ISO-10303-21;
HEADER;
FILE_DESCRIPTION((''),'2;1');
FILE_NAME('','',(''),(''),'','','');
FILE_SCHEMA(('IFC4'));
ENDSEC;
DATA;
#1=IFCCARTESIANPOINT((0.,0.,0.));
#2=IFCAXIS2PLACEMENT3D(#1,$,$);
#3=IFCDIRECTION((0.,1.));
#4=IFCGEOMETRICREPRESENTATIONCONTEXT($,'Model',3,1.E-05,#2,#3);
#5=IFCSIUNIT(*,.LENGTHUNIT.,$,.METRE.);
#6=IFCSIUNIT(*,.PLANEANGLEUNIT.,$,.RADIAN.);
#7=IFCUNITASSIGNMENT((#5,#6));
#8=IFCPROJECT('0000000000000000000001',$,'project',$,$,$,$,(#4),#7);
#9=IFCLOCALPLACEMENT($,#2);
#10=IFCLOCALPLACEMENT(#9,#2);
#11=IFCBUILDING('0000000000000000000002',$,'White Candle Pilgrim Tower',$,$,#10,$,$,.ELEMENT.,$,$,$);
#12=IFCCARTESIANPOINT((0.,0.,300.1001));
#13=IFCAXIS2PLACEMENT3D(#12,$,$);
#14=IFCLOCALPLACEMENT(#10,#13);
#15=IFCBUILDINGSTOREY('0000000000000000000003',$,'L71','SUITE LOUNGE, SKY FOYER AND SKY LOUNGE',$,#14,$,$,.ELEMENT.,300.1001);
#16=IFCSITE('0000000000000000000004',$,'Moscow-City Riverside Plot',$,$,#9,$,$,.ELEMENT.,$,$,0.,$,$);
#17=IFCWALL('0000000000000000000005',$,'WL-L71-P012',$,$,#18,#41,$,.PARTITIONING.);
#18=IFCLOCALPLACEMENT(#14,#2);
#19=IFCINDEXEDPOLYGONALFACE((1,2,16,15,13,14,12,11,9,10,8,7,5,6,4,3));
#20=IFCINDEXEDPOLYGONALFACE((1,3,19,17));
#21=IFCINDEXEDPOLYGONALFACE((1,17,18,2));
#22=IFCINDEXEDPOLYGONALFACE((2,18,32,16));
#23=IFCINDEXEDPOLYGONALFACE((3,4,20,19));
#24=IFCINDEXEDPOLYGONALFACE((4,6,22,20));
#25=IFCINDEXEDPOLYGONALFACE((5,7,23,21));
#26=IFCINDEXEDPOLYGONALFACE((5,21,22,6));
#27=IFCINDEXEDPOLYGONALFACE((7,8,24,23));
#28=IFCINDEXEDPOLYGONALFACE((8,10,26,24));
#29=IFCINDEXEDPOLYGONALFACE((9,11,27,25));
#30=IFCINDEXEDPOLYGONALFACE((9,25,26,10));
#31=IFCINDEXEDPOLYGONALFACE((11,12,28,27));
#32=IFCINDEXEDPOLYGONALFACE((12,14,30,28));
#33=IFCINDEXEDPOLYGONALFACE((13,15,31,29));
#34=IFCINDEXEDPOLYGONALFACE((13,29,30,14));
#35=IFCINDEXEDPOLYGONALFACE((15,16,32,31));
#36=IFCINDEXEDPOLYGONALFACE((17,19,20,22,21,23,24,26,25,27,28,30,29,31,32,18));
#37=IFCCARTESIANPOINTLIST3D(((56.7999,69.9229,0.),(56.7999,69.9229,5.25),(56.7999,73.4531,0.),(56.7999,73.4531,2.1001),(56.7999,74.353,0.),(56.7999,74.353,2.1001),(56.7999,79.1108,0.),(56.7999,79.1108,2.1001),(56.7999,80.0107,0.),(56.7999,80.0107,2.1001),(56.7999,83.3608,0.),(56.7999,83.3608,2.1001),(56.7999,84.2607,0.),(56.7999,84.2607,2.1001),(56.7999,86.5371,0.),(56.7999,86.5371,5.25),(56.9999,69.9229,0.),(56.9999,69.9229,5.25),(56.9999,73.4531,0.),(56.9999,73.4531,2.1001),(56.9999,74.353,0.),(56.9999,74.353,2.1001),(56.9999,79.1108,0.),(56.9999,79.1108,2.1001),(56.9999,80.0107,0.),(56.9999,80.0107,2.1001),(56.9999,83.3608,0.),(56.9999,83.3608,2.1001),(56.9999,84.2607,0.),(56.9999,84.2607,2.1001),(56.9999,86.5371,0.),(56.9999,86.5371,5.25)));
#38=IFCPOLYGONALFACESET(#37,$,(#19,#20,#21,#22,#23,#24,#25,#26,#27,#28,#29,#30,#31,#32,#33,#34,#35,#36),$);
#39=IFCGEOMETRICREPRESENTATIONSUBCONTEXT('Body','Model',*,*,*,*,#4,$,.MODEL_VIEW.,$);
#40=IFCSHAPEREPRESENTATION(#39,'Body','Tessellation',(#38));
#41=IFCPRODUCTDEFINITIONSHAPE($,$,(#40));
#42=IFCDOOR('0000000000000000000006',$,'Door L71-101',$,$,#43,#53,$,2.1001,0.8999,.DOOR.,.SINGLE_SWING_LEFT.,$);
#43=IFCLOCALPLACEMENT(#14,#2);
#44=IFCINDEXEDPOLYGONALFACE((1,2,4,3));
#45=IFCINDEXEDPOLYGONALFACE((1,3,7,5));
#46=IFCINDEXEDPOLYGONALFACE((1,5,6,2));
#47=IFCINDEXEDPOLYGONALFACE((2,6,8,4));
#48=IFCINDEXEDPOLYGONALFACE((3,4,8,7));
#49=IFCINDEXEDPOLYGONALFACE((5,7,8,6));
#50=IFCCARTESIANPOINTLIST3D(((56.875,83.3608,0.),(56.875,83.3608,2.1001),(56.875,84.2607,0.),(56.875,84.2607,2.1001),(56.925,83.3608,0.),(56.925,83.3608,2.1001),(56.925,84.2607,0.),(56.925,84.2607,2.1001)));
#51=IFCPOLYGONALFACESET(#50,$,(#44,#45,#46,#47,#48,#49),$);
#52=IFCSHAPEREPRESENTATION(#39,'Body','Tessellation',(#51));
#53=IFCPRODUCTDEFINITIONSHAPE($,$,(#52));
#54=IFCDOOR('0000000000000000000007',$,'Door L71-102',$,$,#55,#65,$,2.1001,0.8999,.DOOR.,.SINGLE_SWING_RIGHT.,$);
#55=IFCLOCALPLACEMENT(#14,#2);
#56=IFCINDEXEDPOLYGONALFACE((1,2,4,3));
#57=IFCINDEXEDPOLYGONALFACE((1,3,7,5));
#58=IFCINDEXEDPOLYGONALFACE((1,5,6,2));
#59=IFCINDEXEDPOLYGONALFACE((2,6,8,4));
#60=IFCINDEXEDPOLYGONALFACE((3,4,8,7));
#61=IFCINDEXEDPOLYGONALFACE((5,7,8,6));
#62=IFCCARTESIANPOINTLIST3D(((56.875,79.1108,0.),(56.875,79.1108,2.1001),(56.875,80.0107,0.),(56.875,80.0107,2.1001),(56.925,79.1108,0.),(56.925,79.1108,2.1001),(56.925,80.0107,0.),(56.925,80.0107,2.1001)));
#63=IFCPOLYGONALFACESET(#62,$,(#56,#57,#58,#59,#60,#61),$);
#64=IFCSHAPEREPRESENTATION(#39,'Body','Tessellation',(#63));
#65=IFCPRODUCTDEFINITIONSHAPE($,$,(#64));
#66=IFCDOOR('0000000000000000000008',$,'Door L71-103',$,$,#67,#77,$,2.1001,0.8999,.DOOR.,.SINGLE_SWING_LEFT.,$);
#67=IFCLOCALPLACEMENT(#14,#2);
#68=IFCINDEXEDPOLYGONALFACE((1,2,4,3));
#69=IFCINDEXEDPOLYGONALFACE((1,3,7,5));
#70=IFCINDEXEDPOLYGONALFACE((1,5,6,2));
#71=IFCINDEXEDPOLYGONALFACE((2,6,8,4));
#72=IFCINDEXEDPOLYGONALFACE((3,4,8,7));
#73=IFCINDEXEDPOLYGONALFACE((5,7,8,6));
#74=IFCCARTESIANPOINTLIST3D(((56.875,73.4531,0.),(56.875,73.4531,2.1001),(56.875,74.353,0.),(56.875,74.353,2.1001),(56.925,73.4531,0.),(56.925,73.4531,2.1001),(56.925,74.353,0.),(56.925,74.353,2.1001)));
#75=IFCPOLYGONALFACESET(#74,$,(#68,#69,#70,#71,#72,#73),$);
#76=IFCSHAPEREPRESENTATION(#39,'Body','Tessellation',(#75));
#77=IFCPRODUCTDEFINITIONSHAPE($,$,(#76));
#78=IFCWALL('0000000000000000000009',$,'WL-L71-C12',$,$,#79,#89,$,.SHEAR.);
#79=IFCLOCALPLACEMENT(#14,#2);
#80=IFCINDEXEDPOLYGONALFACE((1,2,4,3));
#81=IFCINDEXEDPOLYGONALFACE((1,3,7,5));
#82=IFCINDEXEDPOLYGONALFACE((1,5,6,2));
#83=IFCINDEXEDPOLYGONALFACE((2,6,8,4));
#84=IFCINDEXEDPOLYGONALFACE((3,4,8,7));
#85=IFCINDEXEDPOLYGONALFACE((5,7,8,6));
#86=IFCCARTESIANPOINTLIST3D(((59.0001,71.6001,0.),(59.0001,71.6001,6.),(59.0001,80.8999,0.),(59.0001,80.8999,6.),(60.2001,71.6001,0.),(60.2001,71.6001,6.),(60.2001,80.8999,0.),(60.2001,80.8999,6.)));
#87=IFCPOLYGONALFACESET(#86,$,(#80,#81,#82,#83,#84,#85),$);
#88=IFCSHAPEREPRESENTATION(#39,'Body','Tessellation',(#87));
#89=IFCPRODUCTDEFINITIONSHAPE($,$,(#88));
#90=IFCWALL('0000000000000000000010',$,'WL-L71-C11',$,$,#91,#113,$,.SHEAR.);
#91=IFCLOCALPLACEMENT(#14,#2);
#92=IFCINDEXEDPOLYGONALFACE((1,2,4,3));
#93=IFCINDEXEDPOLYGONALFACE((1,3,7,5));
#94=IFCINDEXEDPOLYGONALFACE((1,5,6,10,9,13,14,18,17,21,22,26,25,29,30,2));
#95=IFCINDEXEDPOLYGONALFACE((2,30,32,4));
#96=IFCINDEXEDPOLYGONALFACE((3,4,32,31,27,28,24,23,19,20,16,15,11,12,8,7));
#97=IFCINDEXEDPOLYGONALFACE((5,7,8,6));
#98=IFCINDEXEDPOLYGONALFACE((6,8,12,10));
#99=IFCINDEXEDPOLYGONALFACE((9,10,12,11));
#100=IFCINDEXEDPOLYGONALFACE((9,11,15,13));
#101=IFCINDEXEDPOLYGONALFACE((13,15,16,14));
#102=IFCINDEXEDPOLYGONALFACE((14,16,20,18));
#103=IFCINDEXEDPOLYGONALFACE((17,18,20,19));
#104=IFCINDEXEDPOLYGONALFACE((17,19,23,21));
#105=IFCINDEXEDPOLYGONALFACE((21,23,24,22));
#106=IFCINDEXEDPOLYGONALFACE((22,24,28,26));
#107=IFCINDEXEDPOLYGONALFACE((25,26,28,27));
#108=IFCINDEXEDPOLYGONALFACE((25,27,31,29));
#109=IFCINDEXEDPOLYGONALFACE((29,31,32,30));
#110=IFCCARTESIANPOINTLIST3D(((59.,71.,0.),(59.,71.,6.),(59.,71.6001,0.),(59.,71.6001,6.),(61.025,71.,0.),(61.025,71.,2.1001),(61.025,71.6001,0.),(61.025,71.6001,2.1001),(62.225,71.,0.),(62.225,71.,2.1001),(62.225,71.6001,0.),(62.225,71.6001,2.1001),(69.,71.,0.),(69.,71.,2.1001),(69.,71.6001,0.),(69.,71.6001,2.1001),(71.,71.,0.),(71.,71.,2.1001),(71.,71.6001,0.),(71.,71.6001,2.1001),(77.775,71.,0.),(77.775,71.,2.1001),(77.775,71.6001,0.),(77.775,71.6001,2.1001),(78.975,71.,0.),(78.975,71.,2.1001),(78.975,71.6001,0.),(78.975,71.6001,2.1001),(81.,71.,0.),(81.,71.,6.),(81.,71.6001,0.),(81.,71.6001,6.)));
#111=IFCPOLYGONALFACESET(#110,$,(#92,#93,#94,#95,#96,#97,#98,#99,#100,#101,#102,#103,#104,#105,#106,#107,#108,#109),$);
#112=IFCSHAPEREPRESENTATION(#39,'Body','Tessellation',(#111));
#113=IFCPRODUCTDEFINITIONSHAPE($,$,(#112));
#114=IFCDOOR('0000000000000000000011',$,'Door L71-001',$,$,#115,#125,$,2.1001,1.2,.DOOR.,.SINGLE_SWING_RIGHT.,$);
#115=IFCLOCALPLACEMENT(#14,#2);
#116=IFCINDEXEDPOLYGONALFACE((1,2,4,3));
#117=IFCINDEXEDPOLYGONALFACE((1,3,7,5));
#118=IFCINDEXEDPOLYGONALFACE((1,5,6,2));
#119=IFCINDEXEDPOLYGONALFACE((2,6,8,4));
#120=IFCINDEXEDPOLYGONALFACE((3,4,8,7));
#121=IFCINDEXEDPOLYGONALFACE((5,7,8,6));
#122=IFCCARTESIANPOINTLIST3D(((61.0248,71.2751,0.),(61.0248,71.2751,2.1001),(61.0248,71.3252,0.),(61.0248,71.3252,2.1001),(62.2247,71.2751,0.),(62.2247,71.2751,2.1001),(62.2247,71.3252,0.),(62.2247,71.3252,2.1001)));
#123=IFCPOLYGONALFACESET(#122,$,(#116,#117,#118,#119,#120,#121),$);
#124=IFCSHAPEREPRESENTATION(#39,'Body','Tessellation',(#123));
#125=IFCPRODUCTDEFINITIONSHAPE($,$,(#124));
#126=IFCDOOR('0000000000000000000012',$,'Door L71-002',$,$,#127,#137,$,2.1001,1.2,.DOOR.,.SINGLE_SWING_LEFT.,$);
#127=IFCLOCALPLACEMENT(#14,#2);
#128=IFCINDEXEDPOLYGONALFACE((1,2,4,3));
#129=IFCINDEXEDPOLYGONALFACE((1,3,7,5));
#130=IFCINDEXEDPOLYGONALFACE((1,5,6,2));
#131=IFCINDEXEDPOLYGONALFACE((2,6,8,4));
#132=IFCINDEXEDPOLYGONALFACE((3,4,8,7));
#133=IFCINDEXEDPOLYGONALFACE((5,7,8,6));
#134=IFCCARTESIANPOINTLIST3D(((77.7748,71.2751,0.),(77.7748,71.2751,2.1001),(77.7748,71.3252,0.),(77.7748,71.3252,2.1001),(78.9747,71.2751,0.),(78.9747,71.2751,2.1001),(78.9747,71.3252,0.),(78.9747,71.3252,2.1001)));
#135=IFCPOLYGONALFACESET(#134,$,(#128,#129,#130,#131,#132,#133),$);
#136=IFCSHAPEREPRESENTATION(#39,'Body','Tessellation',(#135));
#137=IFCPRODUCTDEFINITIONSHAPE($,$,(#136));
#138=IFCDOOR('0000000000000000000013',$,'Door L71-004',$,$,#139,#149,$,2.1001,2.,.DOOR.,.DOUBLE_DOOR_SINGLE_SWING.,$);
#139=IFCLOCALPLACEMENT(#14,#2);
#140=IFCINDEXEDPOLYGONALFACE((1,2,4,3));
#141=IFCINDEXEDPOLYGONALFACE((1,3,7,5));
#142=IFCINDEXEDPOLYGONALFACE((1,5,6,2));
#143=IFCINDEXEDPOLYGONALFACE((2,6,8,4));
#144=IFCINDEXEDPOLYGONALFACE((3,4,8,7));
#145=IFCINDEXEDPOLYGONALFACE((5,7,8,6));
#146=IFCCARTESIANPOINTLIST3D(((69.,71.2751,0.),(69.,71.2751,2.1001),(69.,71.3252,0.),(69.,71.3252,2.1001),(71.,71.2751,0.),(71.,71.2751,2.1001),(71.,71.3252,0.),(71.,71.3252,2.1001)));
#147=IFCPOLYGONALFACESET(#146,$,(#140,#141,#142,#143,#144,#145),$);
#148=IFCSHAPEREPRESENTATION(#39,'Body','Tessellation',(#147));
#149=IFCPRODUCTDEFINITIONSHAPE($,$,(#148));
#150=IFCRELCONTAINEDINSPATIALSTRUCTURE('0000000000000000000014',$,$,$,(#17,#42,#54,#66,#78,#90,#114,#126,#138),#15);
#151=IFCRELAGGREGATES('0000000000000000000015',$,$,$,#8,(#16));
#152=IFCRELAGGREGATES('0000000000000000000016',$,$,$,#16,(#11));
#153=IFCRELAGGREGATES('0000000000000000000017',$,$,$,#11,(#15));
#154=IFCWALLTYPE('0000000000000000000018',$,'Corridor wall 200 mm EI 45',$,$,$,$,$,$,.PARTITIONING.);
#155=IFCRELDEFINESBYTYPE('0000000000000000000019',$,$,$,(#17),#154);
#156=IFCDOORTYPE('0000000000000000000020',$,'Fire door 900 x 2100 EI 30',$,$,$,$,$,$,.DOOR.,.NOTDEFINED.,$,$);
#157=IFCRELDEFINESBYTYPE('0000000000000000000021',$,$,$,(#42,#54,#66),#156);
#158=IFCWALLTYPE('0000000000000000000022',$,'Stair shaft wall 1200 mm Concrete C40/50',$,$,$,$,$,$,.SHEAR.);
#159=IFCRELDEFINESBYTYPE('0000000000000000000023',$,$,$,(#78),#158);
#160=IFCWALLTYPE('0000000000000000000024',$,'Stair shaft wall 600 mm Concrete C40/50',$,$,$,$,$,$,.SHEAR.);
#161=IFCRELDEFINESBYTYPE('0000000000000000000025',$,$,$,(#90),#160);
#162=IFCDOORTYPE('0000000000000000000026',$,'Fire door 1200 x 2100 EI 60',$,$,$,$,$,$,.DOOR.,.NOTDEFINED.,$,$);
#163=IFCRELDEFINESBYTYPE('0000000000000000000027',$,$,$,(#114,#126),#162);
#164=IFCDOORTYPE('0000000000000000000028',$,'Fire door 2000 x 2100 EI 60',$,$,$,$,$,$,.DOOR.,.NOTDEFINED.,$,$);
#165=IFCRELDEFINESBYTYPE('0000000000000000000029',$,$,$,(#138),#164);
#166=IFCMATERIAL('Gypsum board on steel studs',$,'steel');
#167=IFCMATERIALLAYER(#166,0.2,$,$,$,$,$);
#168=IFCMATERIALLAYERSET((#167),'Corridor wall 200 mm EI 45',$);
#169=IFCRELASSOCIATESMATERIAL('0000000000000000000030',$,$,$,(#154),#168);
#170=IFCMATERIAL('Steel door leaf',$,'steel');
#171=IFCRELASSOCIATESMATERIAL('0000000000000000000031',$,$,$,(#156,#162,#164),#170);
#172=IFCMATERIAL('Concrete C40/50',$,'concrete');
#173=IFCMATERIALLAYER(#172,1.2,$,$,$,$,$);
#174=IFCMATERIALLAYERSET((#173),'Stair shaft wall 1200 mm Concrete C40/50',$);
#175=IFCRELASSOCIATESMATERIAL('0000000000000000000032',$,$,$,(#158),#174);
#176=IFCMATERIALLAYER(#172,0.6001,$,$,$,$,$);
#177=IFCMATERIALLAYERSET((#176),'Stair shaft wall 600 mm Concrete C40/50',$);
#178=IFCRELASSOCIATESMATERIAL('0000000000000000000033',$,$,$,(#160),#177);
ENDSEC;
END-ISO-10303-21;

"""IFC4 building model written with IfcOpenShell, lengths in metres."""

from ifc_helpers import new_model, si_unit, direction, frame, frame_2d, origin, place, context, subcontext, project, spatial, rectangle, extrude, material, layer, layer_set, type_object, element, fill, save


model = new_model("IFC4")

# Units and contexts
model_context = context("Model", 3, precision=1e-05, world=origin(), true_north=direction((0.0, 1.0)))
body_context = subcontext(model_context, "Body", "Model", "MODEL_VIEW")
ifc_project = project(units=[si_unit("LENGTHUNIT", "METRE"), si_unit("PLANEANGLEUNIT", "RADIAN")], contexts=[model_context])

# Site, building, storey
site_placement = place(None, origin())
site = spatial("IfcSite", under=ifc_project, at=site_placement, Name="Moscow-City Riverside Plot", CompositionType="ELEMENT", RefElevation=0.0)
building_placement = place(site_placement, origin())
building = spatial("IfcBuilding", under=site, at=building_placement, Name="White Candle Pilgrim Tower", CompositionType="ELEMENT")
storey_placement = place(building_placement, frame((0.0, 0.0, 300.1001)))
storey = spatial("IfcBuildingStorey", under=building, at=storey_placement, Name="L71", Description="SUITE LOUNGE, SKY FOYER AND SKY LOUNGE", CompositionType="ELEMENT", Elevation=300.1001)

# Wall, openings, doors
ifc_material_1 = material(Name="Gypsum board on steel studs", Category="steel")
ifc_layer_1 = layer(ifc_material_1, 0.2)
ifc_layer_set_1 = layer_set([ifc_layer_1], Name="Corridor wall 200 mm EI 45")
wall_type_1 = type_object("IfcWallType", Name="Corridor wall 200 mm EI 45", PredefinedType="PARTITIONING", material=ifc_layer_set_1)
wall_1_placement = place(storey_placement, frame((56.8999, 69.9229, 0.0), z_axis=(0.0, 0.0, 1.0), x_axis=(0.0, 1.0, 0.0)))
wall_1 = element("IfcWall", 1, at=wall_1_placement, inside=storey, type_object=wall_type_1, Name="WL-L71-P012", PredefinedType="PARTITIONING", context=body_context, shape_type="SweptSolid", body=[
    extrude(rectangle(XDim=16.6143, YDim=0.2, at=frame_2d((8.3071, 0.0))), origin(), (0.0, 0.0, 1.0), 5.25),
])
opening_1_placement = place(wall_1_placement, frame((13.438, 0.0, 0.0)))
opening_1 = element("IfcOpeningElement", 2, at=opening_1_placement, cuts=wall_1, PredefinedType="OPENING", context=body_context, shape_type="SweptSolid", body=[
    extrude(rectangle(XDim=0.8999, YDim=2.1001, at=frame_2d((0.45, 1.05))), frame((0.0, 0.1099, 0.0), z_axis=(0.0, -1.0, 0.0), x_axis=(1.0, 0.0, 0.0)), (0.0, 0.0, 1.0), 0.22),
])
opening_2_placement = place(wall_1_placement, frame((9.188, 0.0, 0.0)))
opening_2 = element("IfcOpeningElement", 3, at=opening_2_placement, cuts=wall_1, PredefinedType="OPENING", context=body_context, shape_type="SweptSolid", body=[
    extrude(rectangle(XDim=0.8999, YDim=2.1001, at=frame_2d((0.45, 1.05))), frame((0.0, 0.1099, 0.0), z_axis=(0.0, -1.0, 0.0), x_axis=(1.0, 0.0, 0.0)), (0.0, 0.0, 1.0), 0.22),
])
opening_3_placement = place(wall_1_placement, frame((3.5303, 0.0, 0.0)))
opening_3 = element("IfcOpeningElement", 4, at=opening_3_placement, cuts=wall_1, PredefinedType="OPENING", context=body_context, shape_type="SweptSolid", body=[
    extrude(rectangle(XDim=0.8999, YDim=2.1001, at=frame_2d((0.45, 1.05))), frame((0.0, 0.1099, 0.0), z_axis=(0.0, -1.0, 0.0), x_axis=(1.0, 0.0, 0.0)), (0.0, 0.0, 1.0), 0.22),
])
ifc_material_2 = material(Name="Steel door leaf", Category="steel")
door_type_1 = type_object("IfcDoorType", Name="Fire door 900 x 2100 EI 30", OperationType="NOTDEFINED", PredefinedType="DOOR", material=ifc_material_2)
door_1_placement = place(opening_1_placement, origin())
door_1 = element("IfcDoor", 5, at=door_1_placement, inside=storey, type_object=door_type_1, Name="Door L71-101", OperationType="SINGLE_SWING_LEFT", OverallHeight=2.1001, OverallWidth=0.8999, PredefinedType="DOOR", context=body_context, shape_type="SweptSolid", body=[
    extrude(rectangle(XDim=0.8999, YDim=2.1001, at=frame_2d((0.45, 1.05))), frame((0.0, 0.0249, 0.0), z_axis=(0.0, -1.0, 0.0), x_axis=(1.0, 0.0, 0.0)), (0.0, 0.0, 1.0), 0.05),
])
fill(opening_1, door_1)
door_2_placement = place(opening_2_placement, origin())
door_2 = element("IfcDoor", 6, at=door_2_placement, inside=storey, type_object=door_type_1, Name="Door L71-102", OperationType="SINGLE_SWING_RIGHT", OverallHeight=2.1001, OverallWidth=0.8999, PredefinedType="DOOR", context=body_context, shape_type="SweptSolid", body=[
    extrude(rectangle(XDim=0.8999, YDim=2.1001, at=frame_2d((0.45, 1.05))), frame((0.0, 0.0249, 0.0), z_axis=(0.0, -1.0, 0.0), x_axis=(1.0, 0.0, 0.0)), (0.0, 0.0, 1.0), 0.05),
])
fill(opening_2, door_2)
door_3_placement = place(opening_3_placement, origin())
door_3 = element("IfcDoor", 7, at=door_3_placement, inside=storey, type_object=door_type_1, Name="Door L71-103", OperationType="SINGLE_SWING_LEFT", OverallHeight=2.1001, OverallWidth=0.8999, PredefinedType="DOOR", context=body_context, shape_type="SweptSolid", body=[
    extrude(rectangle(XDim=0.8999, YDim=2.1001, at=frame_2d((0.45, 1.05))), frame((0.0, 0.0249, 0.0), z_axis=(0.0, -1.0, 0.0), x_axis=(1.0, 0.0, 0.0)), (0.0, 0.0, 1.0), 0.05),
])
fill(opening_3, door_3)

# Wall
ifc_material_3 = material(Name="Concrete C40/50", Category="concrete")
ifc_layer_2 = layer(ifc_material_3, 1.2)
ifc_layer_set_2 = layer_set([ifc_layer_2], Name="Stair shaft wall 1200 mm Concrete C40/50")
wall_type_2 = type_object("IfcWallType", Name="Stair shaft wall 1200 mm Concrete C40/50", PredefinedType="SHEAR", material=ifc_layer_set_2)
wall_2_placement = place(storey_placement, frame((59.6001, 71.6001, 0.0), z_axis=(0.0, 0.0, 1.0), x_axis=(0.0, 1.0, 0.0)))
element("IfcWall", 8, at=wall_2_placement, inside=storey, type_object=wall_type_2, Name="WL-L71-C12", PredefinedType="SHEAR", context=body_context, shape_type="SweptSolid", body=[
    extrude(rectangle(XDim=9.2998, YDim=1.2, at=frame_2d((4.6499, 0.0))), origin(), (0.0, 0.0, 1.0), 6.0),
])

# Wall, openings, doors
ifc_layer_3 = layer(ifc_material_3, 0.6001)
ifc_layer_set_3 = layer_set([ifc_layer_3], Name="Stair shaft wall 600 mm Concrete C40/50")
wall_type_3 = type_object("IfcWallType", Name="Stair shaft wall 600 mm Concrete C40/50", PredefinedType="SHEAR", material=ifc_layer_set_3)
wall_3_placement = place(storey_placement, frame((59.0, 71.3, 0.0), z_axis=(0.0, 0.0, 1.0), x_axis=(1.0, 0.0, 0.0)))
wall_3 = element("IfcWall", 9, at=wall_3_placement, inside=storey, type_object=wall_type_3, Name="WL-L71-C11", PredefinedType="SHEAR", context=body_context, shape_type="SweptSolid", body=[
    extrude(rectangle(XDim=22.0, YDim=0.6001, at=frame_2d((11.0, 0.0))), origin(), (0.0, 0.0, 1.0), 6.0),
])
opening_4_placement = place(wall_3_placement, frame((2.0249, 0.0, 0.0)))
opening_4 = element("IfcOpeningElement", 10, at=opening_4_placement, cuts=wall_3, PredefinedType="OPENING", context=body_context, shape_type="SweptSolid", body=[
    extrude(rectangle(XDim=1.2, YDim=2.1001, at=frame_2d((0.6001, 1.05))), frame((0.0, 0.3101, 0.0), z_axis=(0.0, -1.0, 0.0), x_axis=(1.0, 0.0, 0.0)), (0.0, 0.0, 1.0), 0.6201),
])
opening_5_placement = place(wall_3_placement, frame((18.7749, 0.0, 0.0)))
opening_5 = element("IfcOpeningElement", 11, at=opening_5_placement, cuts=wall_3, PredefinedType="OPENING", context=body_context, shape_type="SweptSolid", body=[
    extrude(rectangle(XDim=1.2, YDim=2.1001, at=frame_2d((0.6001, 1.05))), frame((0.0, 0.3101, 0.0), z_axis=(0.0, -1.0, 0.0), x_axis=(1.0, 0.0, 0.0)), (0.0, 0.0, 1.0), 0.6201),
])
opening_6_placement = place(wall_3_placement, frame((10.0, 0.0, 0.0)))
opening_6 = element("IfcOpeningElement", 12, at=opening_6_placement, cuts=wall_3, PredefinedType="OPENING", context=body_context, shape_type="SweptSolid", body=[
    extrude(rectangle(XDim=2.0, YDim=2.1001, at=frame_2d((1.0, 1.05))), frame((0.0, 0.3101, 0.0), z_axis=(0.0, -1.0, 0.0), x_axis=(1.0, 0.0, 0.0)), (0.0, 0.0, 1.0), 0.6201),
])
door_type_2 = type_object("IfcDoorType", Name="Fire door 1200 x 2100 EI 60", OperationType="NOTDEFINED", PredefinedType="DOOR", material=ifc_material_2)
door_4_placement = place(opening_4_placement, frame((1.2, 0.0, 0.0), z_axis=(0.0, 0.0, 1.0), x_axis=(-1.0, 0.0, 0.0)))
door_4 = element("IfcDoor", 13, at=door_4_placement, inside=storey, type_object=door_type_2, Name="Door L71-001", OperationType="SINGLE_SWING_RIGHT", OverallHeight=2.1001, OverallWidth=1.2, PredefinedType="DOOR", context=body_context, shape_type="SweptSolid", body=[
    extrude(rectangle(XDim=1.2, YDim=2.1001, at=frame_2d((0.6001, 1.05))), frame((0.0, 0.0249, 0.0), z_axis=(0.0, -1.0, 0.0), x_axis=(1.0, 0.0, 0.0)), (0.0, 0.0, 1.0), 0.05),
])
fill(opening_4, door_4)
door_5_placement = place(opening_5_placement, frame((1.2, 0.0, 0.0), z_axis=(0.0, 0.0, 1.0), x_axis=(-1.0, 0.0, 0.0)))
door_5 = element("IfcDoor", 14, at=door_5_placement, inside=storey, type_object=door_type_2, Name="Door L71-002", OperationType="SINGLE_SWING_LEFT", OverallHeight=2.1001, OverallWidth=1.2, PredefinedType="DOOR", context=body_context, shape_type="SweptSolid", body=[
    extrude(rectangle(XDim=1.2, YDim=2.1001, at=frame_2d((0.6001, 1.05))), frame((0.0, 0.0249, 0.0), z_axis=(0.0, -1.0, 0.0), x_axis=(1.0, 0.0, 0.0)), (0.0, 0.0, 1.0), 0.05),
])
fill(opening_5, door_5)
door_type_3 = type_object("IfcDoorType", Name="Fire door 2000 x 2100 EI 60", OperationType="NOTDEFINED", PredefinedType="DOOR", material=ifc_material_2)
door_6_placement = place(opening_6_placement, frame((2.0, 0.0, 0.0), z_axis=(0.0, 0.0, 1.0), x_axis=(-1.0, 0.0, 0.0)))
door_6 = element("IfcDoor", 15, at=door_6_placement, inside=storey, type_object=door_type_3, Name="Door L71-004", OperationType="DOUBLE_DOOR_SINGLE_SWING", OverallHeight=2.1001, OverallWidth=2.0, PredefinedType="DOOR", context=body_context, shape_type="SweptSolid", body=[
    extrude(rectangle(XDim=2.0, YDim=2.1001, at=frame_2d((1.0, 1.05))), frame((0.0, 0.0249, 0.0), z_axis=(0.0, -1.0, 0.0), x_axis=(1.0, 0.0, 0.0)), (0.0, 0.0, 1.0), 0.05),
])
fill(opening_6, door_6)

save(model, "model.ifc")
